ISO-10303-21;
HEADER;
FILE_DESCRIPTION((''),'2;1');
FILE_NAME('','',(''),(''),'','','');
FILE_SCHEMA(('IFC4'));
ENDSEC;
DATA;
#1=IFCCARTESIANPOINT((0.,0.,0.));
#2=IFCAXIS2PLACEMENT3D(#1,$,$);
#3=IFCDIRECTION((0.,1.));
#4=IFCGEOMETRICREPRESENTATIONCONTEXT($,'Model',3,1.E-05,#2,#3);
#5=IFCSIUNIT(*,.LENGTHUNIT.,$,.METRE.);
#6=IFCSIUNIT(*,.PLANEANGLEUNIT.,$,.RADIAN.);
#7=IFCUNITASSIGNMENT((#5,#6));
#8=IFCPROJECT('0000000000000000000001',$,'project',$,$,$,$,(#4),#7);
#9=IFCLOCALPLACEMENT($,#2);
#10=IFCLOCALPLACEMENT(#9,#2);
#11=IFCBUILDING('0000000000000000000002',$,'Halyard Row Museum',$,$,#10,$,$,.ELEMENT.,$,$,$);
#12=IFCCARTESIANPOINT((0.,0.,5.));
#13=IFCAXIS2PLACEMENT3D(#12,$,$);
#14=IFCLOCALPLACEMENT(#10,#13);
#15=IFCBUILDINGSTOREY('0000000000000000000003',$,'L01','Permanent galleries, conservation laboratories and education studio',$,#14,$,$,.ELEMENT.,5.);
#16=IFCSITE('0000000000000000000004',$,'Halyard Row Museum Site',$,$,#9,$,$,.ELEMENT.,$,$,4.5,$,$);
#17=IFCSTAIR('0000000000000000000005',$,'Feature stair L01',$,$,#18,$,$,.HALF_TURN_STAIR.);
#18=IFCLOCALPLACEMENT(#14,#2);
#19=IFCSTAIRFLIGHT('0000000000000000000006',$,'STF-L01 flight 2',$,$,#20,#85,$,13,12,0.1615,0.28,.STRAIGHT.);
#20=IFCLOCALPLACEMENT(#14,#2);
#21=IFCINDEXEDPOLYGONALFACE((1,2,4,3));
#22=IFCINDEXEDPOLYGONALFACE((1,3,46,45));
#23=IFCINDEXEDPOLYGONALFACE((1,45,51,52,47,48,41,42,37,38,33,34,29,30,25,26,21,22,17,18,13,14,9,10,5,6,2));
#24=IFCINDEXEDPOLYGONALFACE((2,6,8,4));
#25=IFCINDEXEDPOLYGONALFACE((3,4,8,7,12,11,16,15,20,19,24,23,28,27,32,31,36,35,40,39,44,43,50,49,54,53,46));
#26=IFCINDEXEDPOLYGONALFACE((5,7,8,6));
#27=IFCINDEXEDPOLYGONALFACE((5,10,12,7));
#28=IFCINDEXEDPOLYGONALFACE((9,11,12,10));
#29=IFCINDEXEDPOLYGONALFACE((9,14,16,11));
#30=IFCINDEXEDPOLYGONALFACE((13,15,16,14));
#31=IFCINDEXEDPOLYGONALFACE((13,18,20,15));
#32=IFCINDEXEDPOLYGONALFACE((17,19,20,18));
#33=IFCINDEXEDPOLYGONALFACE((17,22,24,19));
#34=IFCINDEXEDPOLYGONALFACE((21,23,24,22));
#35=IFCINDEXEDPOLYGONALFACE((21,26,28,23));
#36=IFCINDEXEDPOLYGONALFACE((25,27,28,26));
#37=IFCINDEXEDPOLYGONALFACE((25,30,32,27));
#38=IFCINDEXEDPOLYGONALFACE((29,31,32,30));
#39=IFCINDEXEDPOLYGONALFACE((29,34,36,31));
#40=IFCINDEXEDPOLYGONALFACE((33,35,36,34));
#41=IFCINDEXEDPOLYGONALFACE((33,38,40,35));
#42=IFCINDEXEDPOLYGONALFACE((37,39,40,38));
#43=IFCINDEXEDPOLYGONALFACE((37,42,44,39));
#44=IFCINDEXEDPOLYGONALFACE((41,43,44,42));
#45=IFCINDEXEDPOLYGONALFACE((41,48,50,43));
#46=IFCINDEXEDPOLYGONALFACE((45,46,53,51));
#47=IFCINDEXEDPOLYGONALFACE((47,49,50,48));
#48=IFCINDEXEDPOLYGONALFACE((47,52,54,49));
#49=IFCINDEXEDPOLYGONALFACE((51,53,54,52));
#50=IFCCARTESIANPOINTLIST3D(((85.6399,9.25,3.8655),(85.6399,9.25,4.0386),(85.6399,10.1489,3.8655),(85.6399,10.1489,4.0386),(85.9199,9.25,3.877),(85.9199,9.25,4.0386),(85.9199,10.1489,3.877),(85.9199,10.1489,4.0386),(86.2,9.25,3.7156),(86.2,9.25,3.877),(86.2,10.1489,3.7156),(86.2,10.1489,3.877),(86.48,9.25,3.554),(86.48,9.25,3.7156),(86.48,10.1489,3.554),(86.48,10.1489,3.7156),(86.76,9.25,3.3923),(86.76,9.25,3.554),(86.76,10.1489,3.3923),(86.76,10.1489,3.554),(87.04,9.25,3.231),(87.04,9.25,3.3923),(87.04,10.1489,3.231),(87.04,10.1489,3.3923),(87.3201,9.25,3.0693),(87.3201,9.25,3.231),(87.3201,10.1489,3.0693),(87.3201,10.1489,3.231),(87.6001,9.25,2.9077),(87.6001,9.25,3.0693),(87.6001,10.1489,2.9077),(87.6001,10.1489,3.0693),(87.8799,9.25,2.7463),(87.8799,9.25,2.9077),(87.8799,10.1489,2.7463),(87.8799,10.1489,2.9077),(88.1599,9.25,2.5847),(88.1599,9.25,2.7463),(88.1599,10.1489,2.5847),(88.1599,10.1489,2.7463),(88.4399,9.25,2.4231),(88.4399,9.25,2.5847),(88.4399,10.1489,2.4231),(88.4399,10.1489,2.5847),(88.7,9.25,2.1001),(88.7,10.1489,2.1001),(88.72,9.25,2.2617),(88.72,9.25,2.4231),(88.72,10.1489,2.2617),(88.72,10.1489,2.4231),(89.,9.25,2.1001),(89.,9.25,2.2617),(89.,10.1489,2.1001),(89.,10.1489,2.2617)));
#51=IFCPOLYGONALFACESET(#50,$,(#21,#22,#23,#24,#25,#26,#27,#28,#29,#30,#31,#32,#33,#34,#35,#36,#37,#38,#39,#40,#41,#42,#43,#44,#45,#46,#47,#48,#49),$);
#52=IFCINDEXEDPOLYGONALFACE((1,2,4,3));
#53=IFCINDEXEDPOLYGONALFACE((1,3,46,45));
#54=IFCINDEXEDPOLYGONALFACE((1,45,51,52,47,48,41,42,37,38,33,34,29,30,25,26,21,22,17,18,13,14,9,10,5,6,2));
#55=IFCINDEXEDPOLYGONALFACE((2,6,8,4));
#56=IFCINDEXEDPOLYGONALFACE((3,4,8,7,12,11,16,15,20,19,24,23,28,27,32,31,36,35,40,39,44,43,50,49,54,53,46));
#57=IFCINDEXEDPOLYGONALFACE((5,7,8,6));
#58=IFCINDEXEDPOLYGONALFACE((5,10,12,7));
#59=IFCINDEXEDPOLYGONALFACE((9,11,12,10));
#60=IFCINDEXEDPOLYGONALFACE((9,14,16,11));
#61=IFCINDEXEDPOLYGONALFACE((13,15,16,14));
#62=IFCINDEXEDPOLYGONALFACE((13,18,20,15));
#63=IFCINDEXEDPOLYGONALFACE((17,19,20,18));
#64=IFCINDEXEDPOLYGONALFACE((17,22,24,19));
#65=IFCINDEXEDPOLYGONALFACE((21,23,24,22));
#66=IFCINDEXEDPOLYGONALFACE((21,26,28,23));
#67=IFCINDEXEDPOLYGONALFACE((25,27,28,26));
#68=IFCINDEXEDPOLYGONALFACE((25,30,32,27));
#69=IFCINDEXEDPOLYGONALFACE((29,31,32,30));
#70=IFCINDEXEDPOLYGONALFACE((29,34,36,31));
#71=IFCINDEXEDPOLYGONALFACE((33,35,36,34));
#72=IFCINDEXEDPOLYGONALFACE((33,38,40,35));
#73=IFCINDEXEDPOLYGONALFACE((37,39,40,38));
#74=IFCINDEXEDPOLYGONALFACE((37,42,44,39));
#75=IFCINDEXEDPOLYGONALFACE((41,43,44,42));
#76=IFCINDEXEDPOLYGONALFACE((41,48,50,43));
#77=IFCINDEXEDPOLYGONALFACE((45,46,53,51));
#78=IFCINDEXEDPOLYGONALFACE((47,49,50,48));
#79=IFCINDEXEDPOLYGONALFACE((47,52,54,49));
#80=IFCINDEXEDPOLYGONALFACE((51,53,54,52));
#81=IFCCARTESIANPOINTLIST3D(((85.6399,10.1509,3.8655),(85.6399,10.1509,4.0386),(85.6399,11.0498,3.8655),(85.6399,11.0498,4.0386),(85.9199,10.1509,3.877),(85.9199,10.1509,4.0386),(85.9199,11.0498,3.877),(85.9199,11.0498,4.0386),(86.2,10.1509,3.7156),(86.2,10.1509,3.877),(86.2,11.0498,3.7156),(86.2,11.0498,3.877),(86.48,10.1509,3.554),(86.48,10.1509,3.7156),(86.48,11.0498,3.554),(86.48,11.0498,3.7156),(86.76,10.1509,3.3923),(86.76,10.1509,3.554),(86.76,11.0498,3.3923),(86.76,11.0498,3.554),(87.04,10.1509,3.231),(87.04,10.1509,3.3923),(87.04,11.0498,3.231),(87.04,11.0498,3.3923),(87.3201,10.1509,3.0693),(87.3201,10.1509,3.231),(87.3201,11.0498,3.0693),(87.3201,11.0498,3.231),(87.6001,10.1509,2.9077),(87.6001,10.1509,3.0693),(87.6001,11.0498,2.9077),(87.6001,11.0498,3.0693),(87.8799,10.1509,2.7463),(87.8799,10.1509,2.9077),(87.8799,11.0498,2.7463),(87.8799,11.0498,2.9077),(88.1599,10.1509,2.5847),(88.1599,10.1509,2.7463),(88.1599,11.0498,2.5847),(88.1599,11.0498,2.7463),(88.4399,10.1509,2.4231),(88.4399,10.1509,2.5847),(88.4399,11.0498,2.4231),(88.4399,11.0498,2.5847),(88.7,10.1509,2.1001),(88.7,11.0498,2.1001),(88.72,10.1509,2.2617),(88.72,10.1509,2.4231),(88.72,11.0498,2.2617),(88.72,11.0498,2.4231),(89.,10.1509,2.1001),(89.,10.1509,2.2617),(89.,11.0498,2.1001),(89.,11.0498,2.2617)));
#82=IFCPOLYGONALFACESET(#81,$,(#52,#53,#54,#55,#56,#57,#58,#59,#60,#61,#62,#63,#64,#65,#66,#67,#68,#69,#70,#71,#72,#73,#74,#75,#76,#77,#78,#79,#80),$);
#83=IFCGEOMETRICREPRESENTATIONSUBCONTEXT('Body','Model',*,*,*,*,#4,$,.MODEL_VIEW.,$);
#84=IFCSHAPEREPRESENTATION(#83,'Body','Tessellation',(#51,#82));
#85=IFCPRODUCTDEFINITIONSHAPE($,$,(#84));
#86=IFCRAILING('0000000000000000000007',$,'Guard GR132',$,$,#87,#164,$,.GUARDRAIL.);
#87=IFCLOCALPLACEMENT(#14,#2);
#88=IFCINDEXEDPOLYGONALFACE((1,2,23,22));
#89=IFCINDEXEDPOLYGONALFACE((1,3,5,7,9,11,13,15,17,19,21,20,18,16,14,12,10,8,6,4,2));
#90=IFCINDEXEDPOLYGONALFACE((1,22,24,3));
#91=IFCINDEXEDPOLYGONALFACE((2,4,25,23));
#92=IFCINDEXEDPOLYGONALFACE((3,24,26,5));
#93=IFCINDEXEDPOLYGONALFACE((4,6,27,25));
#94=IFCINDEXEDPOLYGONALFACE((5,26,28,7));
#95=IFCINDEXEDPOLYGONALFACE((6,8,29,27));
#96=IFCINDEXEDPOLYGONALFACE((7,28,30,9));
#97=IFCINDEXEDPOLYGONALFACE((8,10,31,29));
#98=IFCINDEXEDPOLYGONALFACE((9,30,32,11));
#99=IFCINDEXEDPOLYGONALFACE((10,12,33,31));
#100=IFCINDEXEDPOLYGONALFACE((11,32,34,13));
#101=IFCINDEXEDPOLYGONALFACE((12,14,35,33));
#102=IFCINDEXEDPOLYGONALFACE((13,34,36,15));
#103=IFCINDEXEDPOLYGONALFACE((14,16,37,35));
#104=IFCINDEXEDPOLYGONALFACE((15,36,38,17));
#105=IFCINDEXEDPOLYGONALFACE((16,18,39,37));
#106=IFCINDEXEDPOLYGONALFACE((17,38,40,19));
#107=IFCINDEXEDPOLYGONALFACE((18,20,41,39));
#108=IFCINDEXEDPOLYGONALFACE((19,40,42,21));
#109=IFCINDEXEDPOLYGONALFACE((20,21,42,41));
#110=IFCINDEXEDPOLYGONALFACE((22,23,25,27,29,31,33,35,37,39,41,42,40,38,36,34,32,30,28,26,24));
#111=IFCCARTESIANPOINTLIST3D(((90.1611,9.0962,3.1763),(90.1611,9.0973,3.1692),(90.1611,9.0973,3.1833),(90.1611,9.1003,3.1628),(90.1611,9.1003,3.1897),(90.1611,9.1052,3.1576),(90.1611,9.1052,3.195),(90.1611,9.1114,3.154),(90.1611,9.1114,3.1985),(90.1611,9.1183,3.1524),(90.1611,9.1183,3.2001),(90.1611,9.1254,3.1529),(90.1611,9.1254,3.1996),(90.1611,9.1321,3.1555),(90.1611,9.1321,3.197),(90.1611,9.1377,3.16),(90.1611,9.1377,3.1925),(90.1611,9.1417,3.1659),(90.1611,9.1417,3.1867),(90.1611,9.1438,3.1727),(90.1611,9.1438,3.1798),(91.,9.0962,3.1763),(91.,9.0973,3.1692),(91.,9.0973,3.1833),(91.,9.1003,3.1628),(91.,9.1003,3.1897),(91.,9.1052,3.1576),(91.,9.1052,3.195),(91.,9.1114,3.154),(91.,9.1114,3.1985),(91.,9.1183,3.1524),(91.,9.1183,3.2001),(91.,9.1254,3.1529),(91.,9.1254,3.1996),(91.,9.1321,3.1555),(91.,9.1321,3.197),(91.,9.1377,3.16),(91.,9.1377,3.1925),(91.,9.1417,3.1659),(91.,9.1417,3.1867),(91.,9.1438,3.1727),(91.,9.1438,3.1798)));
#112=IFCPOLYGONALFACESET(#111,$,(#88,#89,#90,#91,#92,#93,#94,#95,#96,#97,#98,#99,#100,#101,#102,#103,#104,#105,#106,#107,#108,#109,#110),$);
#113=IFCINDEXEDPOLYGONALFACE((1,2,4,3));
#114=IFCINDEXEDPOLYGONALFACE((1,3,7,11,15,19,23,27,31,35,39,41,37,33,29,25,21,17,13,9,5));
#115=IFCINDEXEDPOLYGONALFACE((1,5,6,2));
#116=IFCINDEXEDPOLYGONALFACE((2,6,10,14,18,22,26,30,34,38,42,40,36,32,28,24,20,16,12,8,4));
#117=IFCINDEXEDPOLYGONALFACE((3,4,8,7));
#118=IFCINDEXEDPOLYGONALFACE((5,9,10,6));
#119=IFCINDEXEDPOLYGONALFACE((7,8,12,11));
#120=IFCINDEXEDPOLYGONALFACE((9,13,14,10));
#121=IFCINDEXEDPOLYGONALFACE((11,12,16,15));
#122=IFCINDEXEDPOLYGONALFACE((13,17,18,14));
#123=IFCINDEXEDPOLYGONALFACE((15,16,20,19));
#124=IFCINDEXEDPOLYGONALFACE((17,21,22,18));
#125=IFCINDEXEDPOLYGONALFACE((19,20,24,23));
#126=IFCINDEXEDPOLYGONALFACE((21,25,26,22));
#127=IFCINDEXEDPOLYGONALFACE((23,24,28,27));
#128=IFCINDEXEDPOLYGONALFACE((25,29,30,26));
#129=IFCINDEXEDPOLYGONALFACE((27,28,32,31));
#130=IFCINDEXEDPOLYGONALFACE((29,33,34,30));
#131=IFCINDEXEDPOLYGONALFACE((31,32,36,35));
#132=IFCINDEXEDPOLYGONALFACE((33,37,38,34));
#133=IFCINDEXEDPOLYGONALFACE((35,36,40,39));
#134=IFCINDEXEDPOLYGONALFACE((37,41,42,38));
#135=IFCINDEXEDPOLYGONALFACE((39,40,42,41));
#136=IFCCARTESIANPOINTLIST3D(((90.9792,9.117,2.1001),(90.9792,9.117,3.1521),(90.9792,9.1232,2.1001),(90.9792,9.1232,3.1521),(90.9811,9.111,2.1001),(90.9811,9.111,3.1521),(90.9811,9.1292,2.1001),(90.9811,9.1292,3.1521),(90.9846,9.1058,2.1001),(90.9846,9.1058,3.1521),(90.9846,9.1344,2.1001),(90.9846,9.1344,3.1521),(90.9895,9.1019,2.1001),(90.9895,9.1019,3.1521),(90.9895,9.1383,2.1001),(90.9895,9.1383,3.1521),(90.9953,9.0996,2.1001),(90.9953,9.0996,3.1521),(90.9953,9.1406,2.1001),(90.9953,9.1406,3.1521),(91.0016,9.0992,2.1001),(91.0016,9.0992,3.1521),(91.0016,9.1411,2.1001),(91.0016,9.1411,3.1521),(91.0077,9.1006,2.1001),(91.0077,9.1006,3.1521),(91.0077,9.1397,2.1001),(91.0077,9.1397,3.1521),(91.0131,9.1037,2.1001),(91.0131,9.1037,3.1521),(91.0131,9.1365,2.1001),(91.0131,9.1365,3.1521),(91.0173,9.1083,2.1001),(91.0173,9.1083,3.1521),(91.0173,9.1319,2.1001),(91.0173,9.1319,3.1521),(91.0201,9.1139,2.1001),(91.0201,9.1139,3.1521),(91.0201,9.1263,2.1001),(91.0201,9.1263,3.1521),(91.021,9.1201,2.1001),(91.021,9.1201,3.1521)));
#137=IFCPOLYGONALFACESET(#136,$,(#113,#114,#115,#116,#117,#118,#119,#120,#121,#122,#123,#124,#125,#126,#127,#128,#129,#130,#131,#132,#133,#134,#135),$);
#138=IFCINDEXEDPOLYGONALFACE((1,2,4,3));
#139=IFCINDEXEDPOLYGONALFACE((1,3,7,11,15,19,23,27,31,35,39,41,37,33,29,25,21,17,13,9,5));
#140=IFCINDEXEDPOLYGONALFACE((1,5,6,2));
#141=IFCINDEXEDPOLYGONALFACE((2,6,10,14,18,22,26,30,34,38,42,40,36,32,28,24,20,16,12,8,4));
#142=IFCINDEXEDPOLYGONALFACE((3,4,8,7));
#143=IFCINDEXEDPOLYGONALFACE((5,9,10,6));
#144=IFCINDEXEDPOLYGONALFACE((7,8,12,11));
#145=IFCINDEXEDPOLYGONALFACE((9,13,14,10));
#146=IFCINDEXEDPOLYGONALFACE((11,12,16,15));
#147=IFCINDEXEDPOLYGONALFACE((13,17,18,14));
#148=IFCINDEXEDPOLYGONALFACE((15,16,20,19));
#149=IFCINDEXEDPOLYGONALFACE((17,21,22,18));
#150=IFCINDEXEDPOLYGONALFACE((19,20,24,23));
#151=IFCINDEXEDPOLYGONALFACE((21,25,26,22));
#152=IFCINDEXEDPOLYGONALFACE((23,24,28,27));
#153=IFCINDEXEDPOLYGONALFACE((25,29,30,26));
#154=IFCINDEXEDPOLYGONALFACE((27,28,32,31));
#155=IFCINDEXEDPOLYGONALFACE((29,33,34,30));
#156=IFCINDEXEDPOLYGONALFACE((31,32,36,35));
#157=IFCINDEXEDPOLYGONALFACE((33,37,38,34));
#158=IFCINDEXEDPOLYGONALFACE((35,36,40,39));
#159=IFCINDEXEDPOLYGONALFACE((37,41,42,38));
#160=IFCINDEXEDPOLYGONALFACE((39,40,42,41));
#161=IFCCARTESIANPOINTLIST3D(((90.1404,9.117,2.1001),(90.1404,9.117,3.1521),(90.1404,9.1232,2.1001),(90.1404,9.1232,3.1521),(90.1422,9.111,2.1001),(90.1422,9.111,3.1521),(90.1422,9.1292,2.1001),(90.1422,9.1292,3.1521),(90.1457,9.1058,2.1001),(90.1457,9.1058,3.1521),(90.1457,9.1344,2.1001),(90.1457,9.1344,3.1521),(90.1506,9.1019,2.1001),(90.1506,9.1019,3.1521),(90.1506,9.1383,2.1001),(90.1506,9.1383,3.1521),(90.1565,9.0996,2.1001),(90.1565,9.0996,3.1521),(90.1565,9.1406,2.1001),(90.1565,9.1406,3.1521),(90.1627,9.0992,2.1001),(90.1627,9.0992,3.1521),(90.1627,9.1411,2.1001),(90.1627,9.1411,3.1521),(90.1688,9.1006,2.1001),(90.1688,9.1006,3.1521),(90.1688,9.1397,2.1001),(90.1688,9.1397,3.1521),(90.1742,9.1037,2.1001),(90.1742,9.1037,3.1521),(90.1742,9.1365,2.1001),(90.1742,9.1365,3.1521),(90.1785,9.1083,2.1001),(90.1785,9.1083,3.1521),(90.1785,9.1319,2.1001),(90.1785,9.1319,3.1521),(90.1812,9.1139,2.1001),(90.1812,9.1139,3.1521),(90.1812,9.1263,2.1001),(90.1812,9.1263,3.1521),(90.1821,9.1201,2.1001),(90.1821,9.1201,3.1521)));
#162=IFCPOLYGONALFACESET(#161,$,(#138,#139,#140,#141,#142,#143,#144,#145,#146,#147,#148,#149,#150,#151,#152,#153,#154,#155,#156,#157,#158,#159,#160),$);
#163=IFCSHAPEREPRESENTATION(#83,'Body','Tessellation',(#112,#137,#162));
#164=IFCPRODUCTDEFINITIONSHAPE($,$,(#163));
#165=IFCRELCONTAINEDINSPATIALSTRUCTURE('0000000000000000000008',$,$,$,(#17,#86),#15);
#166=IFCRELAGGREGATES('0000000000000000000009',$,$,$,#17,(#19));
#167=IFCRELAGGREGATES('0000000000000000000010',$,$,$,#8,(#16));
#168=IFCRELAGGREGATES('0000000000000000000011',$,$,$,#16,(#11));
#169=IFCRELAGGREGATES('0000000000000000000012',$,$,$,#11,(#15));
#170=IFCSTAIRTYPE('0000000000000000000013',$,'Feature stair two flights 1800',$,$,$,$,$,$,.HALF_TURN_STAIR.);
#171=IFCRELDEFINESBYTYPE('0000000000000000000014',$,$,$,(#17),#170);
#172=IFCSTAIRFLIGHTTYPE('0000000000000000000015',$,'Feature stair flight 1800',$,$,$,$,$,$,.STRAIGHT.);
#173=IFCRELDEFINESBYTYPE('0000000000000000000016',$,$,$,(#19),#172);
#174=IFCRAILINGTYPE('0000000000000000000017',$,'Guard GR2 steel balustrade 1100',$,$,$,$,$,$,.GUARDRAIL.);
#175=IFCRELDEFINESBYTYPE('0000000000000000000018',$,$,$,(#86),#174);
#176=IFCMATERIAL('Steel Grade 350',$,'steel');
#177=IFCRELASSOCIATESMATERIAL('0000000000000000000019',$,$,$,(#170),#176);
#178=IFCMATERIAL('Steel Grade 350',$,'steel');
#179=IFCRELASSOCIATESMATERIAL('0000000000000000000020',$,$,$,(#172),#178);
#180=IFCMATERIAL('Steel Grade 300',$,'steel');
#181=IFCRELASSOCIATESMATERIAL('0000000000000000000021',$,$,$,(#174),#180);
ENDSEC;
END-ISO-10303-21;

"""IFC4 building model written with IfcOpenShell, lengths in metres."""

from ifc_helpers import new_model, si_unit, direction, frame, origin, origin_2d, place, context, subcontext, project, spatial, polyline, circle, outline, extrude, material, type_object, element, aggregate, save


model = new_model("IFC4")

# Units and contexts
model_context = context("Model", 3, precision=1e-05, world=origin(), true_north=direction((0.0, 1.0)))
body_context = subcontext(model_context, "Body", "Model", "MODEL_VIEW")
ifc_project = project(units=[si_unit("LENGTHUNIT", "METRE"), si_unit("PLANEANGLEUNIT", "RADIAN")], contexts=[model_context])

# Site, building, storey
site_placement = place(None, origin())
site = spatial("IfcSite", under=ifc_project, at=site_placement, Name="Halyard Row Museum Site", CompositionType="ELEMENT", RefElevation=4.5)
building_placement = place(site_placement, origin())
building = spatial("IfcBuilding", under=site, at=building_placement, Name="Halyard Row Museum", CompositionType="ELEMENT")
storey_placement = place(building_placement, frame((0.0, 0.0, 5.0)))
storey = spatial("IfcBuildingStorey", under=building, at=storey_placement, Name="L01", Description="Permanent galleries, conservation laboratories and education studio", CompositionType="ELEMENT", Elevation=5.0)

# Stair, stair flight
ifc_material_1 = material(Name="Steel Grade 350", Category="steel")
stair_type = type_object("IfcStairType", Name="Feature stair two flights 1800", PredefinedType="HALF_TURN_STAIR", material=ifc_material_1)
stair_placement = place(storey_placement, origin())
stair = element("IfcStair", 1, at=stair_placement, inside=storey, type_object=stair_type, Name="Feature stair L01", PredefinedType="HALF_TURN_STAIR")
ifc_material_2 = material(Name="Steel Grade 350", Category="steel")
stair_flight_type = type_object("IfcStairFlightType", Name="Feature stair flight 1800", PredefinedType="STRAIGHT", material=ifc_material_2)
stair_flight_placement = place(storey_placement, frame((89.0, 10.1499, 2.1001), z_axis=(0.0, 0.0, 1.0), x_axis=(-1.0, 0.0, 0.0)))
stair_flight = element("IfcStairFlight", 2, at=stair_flight_placement, type_object=stair_flight_type, Name="STF-L01 flight 2", NumberOfRisers=13, NumberOfTreads=12, PredefinedType="STRAIGHT", RiserHeight=0.1615, TreadLength=0.28, context=body_context, shape_type="SweptSolid", body=[
    extrude(outline(polyline([(0.0, 0.0), (0.0, 0.1616), (0.28, 0.1616), (0.28, 0.323), (0.5601, 0.323), (0.5601, 0.4846), (0.8401, 0.4846), (0.8401, 0.6462), (1.1201, 0.6462), (1.1201, 0.8076), (1.3999, 0.8076), (1.3999, 0.9692), (1.6799, 0.9692), (1.6799, 1.1309), (1.96, 1.1309), (1.96, 1.2922), (2.24, 1.2922), (2.24, 1.4539), (2.52, 1.4539), (2.52, 1.6155), (2.8, 1.6155), (2.8, 1.7769), (3.0801, 1.7769), (3.0801, 1.9385), (3.3601, 1.9385), (3.3601, 2.1001), (3.3601, 1.7654), (0.3, 0.0), (0.0, 0.0)])), frame((0.0, 0.8999, 0.0), z_axis=(0.0, -1.0, 0.0), x_axis=(1.0, 0.0, 0.0)), (0.0, 0.0, 1.0), 0.8989),
    extrude(outline(polyline([(0.0, 0.0), (0.0, 0.1616), (0.28, 0.1616), (0.28, 0.323), (0.5601, 0.323), (0.5601, 0.4846), (0.8401, 0.4846), (0.8401, 0.6462), (1.1201, 0.6462), (1.1201, 0.8076), (1.3999, 0.8076), (1.3999, 0.9692), (1.6799, 0.9692), (1.6799, 1.1309), (1.96, 1.1309), (1.96, 1.2922), (2.24, 1.2922), (2.24, 1.4539), (2.52, 1.4539), (2.52, 1.6155), (2.8, 1.6155), (2.8, 1.7769), (3.0801, 1.7769), (3.0801, 1.9385), (3.3601, 1.9385), (3.3601, 2.1001), (3.3601, 1.7654), (0.3, 0.0), (0.0, 0.0)])), frame((0.0, -0.001, 0.0), z_axis=(0.0, -1.0, 0.0), x_axis=(1.0, 0.0, 0.0)), (0.0, 0.0, 1.0), 0.8989),
])
aggregate(stair, [stair_flight])

# Railing
ifc_material_3 = material(Name="Steel Grade 300", Category="steel")
railing_type = type_object("IfcRailingType", Name="Guard GR2 steel balustrade 1100", PredefinedType="GUARDRAIL", material=ifc_material_3)
for number, where, name in (
    (3, (91.0, 9.1201, 2.1001), "Guard GR132"),
):
    element("IfcRailing", number, at=place(storey_placement, frame(where)), inside=storey, type_object=railing_type, Name=name, PredefinedType="GUARDRAIL", context=body_context, shape_type="SweptSolid", body=[
        extrude(circle(Radius=0.0239, at=origin_2d()), frame((0.0, 0.0, 1.0762), z_axis=(-1.0, 0.0, 0.0), x_axis=(0.0, -1.0, 0.0)), (0.0, 0.0, 1.0), 0.8389),
        extrude(circle(Radius=0.021, at=origin_2d()), origin(), (0.0, 0.0, 1.0), 1.052),
        extrude(circle(Radius=0.021, at=origin_2d()), frame((-0.8389, 0.0, 0.0)), (0.0, 0.0, 1.0), 1.052),
    ])

save(model, "model.ifc")
